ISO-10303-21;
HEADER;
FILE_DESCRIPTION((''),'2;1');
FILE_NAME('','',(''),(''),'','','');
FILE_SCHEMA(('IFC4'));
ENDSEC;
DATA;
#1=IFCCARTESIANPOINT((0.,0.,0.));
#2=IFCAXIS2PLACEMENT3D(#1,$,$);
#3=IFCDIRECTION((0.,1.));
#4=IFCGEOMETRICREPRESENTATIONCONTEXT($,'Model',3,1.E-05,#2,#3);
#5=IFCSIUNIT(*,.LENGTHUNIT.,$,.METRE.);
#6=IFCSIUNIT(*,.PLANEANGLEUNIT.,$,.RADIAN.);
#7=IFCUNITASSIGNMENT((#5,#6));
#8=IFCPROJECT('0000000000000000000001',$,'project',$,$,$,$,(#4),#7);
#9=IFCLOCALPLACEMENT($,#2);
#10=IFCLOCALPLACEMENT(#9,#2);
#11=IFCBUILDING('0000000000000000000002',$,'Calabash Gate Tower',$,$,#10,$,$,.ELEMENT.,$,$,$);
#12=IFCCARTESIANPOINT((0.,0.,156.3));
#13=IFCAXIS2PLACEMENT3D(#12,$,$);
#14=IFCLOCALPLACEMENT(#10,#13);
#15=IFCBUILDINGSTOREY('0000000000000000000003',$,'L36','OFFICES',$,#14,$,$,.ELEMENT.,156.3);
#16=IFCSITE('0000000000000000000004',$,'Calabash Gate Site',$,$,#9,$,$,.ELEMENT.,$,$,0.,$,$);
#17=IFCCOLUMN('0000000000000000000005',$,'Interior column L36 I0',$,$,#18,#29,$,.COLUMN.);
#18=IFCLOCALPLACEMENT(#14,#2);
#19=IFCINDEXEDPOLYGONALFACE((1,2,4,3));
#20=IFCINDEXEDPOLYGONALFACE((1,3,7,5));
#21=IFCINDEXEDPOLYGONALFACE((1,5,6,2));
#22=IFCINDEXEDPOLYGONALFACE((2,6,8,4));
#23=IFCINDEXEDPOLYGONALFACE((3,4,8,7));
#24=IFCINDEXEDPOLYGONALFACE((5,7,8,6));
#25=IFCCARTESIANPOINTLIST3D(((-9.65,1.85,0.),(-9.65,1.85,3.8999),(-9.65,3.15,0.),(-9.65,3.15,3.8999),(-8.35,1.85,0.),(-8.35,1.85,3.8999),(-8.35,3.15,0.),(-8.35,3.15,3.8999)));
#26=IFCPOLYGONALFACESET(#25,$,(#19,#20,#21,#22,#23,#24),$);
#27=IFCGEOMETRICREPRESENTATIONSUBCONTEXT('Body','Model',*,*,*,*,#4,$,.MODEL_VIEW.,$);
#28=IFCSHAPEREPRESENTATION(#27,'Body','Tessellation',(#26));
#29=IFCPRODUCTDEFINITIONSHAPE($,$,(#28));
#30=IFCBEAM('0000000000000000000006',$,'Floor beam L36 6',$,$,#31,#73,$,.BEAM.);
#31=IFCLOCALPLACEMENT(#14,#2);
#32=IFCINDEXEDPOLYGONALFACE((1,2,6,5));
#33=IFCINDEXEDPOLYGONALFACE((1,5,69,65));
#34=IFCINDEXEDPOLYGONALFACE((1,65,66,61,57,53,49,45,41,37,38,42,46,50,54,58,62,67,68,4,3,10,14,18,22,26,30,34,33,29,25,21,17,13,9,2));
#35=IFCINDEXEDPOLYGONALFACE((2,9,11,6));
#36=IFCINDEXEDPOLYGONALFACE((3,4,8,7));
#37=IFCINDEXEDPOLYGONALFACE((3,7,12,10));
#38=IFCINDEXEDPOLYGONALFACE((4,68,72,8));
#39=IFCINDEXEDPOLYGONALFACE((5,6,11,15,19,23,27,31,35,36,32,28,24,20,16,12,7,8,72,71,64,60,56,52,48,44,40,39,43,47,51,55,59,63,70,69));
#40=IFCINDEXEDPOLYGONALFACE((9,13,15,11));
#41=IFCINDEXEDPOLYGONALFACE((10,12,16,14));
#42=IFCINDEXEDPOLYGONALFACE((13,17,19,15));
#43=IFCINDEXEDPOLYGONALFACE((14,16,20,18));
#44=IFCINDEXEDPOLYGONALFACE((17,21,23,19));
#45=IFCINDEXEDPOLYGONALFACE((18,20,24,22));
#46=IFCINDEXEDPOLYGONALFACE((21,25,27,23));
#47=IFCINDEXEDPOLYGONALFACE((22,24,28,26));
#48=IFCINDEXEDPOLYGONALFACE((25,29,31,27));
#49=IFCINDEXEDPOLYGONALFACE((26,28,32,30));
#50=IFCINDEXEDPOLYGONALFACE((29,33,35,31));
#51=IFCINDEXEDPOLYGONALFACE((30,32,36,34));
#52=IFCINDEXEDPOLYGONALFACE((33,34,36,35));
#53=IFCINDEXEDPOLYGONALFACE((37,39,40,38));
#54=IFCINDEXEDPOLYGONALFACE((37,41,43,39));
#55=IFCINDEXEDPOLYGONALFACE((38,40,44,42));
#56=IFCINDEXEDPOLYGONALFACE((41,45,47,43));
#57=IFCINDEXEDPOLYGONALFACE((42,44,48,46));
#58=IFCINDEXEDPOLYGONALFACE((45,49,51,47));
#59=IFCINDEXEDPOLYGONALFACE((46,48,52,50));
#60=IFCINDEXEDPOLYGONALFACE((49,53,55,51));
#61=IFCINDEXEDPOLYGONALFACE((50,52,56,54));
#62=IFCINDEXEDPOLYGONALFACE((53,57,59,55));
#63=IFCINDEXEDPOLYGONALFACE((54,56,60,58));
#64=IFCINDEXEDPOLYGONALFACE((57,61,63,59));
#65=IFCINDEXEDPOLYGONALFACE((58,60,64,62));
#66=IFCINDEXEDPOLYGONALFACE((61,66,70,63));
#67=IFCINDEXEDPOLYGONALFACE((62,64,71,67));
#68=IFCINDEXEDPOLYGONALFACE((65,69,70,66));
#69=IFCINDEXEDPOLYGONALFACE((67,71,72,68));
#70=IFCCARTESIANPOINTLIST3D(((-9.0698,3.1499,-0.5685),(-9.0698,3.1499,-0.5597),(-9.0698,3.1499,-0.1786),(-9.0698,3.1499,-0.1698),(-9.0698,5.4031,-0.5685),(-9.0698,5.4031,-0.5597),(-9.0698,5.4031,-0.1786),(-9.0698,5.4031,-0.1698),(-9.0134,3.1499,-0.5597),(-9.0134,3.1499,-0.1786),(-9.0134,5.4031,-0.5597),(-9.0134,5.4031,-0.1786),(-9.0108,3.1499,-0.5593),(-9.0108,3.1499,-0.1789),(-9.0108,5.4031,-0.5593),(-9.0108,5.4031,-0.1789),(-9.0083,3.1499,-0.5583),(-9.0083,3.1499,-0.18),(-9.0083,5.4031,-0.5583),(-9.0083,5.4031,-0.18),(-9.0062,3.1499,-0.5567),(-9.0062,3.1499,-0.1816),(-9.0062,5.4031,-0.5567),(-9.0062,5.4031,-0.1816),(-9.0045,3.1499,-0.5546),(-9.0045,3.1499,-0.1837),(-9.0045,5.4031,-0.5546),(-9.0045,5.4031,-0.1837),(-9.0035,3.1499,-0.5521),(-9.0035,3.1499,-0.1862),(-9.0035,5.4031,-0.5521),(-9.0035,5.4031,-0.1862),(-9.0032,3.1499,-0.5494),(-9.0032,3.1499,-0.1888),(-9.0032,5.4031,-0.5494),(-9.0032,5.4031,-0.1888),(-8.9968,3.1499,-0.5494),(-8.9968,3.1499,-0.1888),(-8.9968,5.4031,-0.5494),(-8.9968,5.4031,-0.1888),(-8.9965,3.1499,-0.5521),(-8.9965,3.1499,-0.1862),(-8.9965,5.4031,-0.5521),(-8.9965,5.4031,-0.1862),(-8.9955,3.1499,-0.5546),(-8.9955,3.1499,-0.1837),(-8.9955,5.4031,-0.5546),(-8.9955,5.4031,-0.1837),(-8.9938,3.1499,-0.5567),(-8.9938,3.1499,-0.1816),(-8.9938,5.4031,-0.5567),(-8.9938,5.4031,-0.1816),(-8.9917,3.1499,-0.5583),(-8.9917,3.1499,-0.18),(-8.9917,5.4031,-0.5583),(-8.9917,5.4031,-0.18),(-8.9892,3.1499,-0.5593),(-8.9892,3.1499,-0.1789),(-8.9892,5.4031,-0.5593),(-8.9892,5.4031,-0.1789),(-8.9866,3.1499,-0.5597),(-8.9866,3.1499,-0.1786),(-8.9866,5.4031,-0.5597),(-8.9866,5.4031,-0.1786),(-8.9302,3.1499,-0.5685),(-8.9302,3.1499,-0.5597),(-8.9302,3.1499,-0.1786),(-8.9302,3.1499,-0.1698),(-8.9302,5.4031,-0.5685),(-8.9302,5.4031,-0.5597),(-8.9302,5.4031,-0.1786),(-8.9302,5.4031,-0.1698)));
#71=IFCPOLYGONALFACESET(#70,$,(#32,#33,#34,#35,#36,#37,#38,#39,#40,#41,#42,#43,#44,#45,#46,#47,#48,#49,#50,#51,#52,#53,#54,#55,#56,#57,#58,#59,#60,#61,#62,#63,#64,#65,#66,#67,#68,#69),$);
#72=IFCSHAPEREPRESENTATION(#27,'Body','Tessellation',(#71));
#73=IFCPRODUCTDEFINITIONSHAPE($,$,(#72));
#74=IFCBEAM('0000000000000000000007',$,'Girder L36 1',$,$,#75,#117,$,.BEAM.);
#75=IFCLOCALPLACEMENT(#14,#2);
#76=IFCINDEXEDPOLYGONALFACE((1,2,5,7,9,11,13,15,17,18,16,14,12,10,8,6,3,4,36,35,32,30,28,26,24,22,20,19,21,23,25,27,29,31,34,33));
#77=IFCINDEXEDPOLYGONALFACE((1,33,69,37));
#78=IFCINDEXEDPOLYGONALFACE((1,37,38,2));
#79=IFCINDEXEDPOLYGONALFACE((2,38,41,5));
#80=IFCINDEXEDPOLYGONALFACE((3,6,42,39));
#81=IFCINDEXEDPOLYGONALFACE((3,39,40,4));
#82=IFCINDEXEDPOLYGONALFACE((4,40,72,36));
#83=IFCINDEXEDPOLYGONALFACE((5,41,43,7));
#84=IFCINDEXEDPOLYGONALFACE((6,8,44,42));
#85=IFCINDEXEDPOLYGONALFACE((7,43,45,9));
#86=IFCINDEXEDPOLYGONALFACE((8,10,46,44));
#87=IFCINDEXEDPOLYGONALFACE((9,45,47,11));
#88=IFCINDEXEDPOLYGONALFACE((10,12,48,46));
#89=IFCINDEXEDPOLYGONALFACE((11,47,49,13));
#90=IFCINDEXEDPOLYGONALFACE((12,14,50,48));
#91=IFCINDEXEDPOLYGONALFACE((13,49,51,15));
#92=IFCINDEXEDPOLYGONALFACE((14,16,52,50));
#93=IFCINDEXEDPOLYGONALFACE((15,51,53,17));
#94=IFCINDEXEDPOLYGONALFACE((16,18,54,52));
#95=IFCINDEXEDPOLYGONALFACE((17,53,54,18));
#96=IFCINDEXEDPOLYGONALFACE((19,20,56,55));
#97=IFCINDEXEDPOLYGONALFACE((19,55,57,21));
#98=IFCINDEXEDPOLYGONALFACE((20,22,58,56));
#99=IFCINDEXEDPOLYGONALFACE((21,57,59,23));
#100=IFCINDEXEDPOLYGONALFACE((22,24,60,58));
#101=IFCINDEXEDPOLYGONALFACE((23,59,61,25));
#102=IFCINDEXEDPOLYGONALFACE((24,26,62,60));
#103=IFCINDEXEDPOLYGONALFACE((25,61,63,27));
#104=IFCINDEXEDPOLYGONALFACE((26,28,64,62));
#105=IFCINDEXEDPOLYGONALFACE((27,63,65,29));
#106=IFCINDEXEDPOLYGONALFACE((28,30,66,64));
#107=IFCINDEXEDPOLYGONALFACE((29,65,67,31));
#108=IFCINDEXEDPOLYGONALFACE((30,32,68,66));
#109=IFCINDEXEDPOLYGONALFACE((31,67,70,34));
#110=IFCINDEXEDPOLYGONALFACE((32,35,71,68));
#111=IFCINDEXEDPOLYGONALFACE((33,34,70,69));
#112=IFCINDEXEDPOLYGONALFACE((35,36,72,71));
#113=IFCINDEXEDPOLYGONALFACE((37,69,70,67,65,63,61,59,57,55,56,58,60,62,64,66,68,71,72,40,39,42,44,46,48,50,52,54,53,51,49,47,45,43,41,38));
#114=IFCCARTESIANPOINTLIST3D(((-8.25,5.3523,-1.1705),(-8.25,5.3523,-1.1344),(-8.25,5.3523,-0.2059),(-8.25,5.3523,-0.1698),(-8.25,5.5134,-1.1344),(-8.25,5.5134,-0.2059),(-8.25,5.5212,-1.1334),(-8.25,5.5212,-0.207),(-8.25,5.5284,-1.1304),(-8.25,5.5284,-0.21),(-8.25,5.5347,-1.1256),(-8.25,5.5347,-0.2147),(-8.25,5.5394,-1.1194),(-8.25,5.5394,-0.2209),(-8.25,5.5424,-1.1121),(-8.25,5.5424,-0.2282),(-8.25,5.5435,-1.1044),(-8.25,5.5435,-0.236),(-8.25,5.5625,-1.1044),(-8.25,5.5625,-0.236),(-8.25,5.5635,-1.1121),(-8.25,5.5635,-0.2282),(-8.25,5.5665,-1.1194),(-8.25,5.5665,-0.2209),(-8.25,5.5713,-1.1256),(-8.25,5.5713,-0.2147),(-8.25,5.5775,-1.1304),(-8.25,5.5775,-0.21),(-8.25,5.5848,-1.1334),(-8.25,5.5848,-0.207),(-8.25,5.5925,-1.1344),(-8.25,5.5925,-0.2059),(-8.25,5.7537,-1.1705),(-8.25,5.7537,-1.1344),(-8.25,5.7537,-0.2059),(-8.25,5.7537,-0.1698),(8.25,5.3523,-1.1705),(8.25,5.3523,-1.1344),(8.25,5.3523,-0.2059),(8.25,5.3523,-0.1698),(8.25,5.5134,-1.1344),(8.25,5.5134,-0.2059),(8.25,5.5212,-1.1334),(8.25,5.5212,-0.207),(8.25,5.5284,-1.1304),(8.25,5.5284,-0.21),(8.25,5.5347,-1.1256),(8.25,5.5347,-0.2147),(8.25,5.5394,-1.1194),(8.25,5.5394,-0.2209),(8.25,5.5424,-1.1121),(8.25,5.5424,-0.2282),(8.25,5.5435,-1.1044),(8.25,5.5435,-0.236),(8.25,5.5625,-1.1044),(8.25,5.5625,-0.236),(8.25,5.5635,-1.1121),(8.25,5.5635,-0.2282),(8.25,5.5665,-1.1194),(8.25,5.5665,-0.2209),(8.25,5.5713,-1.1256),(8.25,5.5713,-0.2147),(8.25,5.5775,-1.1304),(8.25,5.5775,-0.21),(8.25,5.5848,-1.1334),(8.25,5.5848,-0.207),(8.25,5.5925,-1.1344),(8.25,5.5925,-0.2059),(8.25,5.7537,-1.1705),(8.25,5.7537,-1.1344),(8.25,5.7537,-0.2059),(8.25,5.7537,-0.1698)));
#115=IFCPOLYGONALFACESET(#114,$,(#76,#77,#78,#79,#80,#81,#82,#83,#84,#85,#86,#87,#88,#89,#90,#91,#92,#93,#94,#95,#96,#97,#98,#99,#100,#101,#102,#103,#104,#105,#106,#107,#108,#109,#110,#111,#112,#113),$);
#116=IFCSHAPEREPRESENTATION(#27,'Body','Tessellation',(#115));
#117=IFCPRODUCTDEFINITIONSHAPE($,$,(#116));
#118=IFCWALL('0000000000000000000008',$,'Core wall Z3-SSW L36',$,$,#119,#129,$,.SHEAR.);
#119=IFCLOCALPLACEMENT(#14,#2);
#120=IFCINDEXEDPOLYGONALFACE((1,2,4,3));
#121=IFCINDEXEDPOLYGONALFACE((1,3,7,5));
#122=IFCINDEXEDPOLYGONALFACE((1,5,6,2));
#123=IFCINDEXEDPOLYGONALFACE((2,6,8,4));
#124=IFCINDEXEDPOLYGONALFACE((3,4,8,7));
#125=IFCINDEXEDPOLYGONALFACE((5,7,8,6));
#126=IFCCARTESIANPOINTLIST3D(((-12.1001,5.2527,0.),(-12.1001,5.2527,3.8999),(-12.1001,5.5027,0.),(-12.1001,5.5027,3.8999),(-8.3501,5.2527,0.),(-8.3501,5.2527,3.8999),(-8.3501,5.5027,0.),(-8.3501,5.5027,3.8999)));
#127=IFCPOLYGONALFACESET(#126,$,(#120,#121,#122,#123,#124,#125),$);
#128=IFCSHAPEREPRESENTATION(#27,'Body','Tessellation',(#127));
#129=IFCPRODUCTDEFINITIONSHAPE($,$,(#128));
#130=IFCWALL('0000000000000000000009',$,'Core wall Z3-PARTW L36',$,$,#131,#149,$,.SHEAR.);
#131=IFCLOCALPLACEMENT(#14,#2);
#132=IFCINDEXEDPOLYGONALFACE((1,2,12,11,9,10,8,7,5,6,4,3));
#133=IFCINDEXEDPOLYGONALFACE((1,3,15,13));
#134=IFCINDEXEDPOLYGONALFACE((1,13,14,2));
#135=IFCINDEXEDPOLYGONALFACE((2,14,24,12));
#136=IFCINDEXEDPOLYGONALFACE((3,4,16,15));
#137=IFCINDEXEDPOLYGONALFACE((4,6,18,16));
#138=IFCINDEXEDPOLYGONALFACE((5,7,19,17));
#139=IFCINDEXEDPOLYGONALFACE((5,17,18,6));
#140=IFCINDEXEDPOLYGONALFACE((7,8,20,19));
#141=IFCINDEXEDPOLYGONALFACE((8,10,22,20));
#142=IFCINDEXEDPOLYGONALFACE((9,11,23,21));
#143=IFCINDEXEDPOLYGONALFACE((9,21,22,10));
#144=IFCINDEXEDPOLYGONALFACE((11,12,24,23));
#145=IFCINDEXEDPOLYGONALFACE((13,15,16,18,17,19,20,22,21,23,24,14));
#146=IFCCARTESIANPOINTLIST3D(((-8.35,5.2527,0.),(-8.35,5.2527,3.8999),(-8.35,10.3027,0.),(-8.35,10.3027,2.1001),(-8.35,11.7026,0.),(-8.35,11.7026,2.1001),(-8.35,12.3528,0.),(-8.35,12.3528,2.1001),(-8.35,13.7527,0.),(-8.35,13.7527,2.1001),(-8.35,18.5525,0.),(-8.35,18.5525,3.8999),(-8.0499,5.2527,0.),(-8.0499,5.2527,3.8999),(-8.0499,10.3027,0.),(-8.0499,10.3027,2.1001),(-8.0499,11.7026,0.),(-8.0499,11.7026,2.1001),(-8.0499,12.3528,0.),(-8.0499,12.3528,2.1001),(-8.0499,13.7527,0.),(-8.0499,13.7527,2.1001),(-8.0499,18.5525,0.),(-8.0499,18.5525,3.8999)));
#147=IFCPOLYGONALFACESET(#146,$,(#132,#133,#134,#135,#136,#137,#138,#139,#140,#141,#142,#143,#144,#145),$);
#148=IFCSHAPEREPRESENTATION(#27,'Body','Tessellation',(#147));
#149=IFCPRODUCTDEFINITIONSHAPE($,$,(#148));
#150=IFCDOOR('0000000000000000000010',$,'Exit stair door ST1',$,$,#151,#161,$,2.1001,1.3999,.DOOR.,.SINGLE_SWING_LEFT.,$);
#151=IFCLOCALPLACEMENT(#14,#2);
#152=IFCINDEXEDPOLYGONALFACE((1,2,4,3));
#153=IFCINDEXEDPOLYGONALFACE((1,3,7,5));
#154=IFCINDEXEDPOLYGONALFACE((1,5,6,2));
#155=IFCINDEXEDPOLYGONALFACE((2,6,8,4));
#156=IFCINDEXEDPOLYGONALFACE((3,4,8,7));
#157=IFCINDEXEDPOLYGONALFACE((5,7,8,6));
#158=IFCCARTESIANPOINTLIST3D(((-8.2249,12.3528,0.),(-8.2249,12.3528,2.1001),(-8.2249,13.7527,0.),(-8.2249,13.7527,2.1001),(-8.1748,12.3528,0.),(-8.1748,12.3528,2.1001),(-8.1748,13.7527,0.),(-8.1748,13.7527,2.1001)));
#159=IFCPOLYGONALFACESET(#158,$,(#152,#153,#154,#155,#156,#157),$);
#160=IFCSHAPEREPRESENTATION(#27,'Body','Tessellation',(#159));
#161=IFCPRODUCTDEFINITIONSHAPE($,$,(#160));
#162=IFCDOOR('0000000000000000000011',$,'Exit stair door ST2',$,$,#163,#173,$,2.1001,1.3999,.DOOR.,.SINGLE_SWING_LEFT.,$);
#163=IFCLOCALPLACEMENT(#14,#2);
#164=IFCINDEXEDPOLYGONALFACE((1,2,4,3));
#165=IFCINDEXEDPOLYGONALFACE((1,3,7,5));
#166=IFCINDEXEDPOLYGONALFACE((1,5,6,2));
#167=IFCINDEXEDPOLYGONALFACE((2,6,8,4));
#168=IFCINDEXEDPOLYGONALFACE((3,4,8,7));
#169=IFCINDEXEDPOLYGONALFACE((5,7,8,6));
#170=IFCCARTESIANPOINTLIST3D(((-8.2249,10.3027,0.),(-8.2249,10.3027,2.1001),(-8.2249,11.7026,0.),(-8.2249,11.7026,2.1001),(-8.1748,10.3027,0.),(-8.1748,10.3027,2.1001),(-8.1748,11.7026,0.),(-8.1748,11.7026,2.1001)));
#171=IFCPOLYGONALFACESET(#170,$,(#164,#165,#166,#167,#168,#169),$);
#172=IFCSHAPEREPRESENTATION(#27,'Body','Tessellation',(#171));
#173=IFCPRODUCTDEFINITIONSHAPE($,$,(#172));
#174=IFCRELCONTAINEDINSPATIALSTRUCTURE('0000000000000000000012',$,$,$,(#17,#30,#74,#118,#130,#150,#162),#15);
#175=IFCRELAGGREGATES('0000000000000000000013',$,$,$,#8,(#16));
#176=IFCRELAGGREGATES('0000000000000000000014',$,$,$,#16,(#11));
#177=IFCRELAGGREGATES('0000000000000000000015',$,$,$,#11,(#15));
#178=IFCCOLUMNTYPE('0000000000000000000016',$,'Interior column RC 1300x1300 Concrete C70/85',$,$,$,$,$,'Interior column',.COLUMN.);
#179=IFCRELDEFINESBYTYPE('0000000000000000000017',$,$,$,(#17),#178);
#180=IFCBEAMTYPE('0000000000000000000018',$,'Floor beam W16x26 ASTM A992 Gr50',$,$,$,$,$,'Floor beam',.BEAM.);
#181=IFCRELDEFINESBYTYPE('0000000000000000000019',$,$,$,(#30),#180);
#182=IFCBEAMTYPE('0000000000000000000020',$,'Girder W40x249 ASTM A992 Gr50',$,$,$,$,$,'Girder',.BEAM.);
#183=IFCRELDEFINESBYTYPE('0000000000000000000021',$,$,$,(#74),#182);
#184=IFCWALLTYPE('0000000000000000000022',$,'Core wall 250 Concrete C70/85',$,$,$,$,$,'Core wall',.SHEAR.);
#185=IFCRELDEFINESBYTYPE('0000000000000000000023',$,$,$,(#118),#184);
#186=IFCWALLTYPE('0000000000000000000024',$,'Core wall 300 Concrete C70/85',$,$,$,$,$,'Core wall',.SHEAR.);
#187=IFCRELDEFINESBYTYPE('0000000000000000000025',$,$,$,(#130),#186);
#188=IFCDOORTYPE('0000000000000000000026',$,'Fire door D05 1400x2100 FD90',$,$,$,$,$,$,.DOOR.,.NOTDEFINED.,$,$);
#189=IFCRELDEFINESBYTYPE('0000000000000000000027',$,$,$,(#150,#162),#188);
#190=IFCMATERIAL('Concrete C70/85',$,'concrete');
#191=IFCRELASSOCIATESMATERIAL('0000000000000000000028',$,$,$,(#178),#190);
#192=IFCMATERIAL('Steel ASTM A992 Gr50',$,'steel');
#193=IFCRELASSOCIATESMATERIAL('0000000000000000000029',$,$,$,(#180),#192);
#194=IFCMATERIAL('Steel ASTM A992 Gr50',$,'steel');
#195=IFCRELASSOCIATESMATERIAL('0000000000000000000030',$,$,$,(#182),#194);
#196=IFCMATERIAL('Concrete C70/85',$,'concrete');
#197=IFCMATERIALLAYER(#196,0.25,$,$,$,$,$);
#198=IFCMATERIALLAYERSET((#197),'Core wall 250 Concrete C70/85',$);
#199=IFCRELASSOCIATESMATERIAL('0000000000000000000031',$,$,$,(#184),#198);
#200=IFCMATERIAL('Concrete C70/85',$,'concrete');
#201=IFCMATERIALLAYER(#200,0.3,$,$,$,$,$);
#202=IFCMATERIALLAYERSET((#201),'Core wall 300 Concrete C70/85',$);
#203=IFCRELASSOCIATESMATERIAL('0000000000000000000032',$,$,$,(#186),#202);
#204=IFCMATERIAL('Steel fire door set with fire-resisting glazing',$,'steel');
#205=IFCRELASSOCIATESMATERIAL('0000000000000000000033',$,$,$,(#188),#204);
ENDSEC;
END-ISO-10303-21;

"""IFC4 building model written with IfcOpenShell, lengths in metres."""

from ifc_helpers import new_model, si_unit, direction, frame, frame_2d, origin, origin_2d, place, context, subcontext, project, spatial, rectangle, i_section, extrude, material, layer, layer_set, material_profile, profile_set, type_object, element, fill, save


model = new_model("IFC4")

# Units and contexts
model_context = context("Model", 3, precision=1e-05, world=origin(), true_north=direction((0.0, 1.0)))
body_context = subcontext(model_context, "Body", "Model", "MODEL_VIEW")
ifc_project = project(units=[si_unit("LENGTHUNIT", "METRE"), si_unit("PLANEANGLEUNIT", "RADIAN")], contexts=[model_context])

# Site, building, storey
site_placement = place(None, origin())
site = spatial("IfcSite", under=ifc_project, at=site_placement, Name="Calabash Gate Site", CompositionType="ELEMENT", RefElevation=0.0)
building_placement = place(site_placement, origin())
building = spatial("IfcBuilding", under=site, at=building_placement, Name="Calabash Gate Tower", CompositionType="ELEMENT")
storey_placement = place(building_placement, frame((0.0, 0.0, 156.3)))
storey = spatial("IfcBuildingStorey", under=building, at=storey_placement, Name="L36", Description="OFFICES", CompositionType="ELEMENT", Elevation=156.3)

# Column
ifc_material_1 = material(Name="Concrete C70/85", Category="concrete")
ifc_material_profile_1 = material_profile(ifc_material_1, rectangle(XDim=1.3, YDim=1.3, at=origin_2d()))
ifc_profile_set_1 = profile_set([ifc_material_profile_1], Name="Concrete C70/85")
column_type = type_object("IfcColumnType", Name="Interior column RC 1300x1300 Concrete C70/85", ElementType="Interior column", PredefinedType="COLUMN", material=ifc_profile_set_1)
column_placement = place(storey_placement, frame((-9.0, 2.5, 0.0), z_axis=(0.0, 0.0, 1.0), x_axis=(1.0, 0.0, 0.0)))
element("IfcColumn", 1, at=column_placement, inside=storey, type_object=column_type, Name="Interior column L36 I0", PredefinedType="COLUMN", context=body_context, shape_type="SweptSolid", body=[
    extrude(rectangle(XDim=1.3, YDim=1.3, at=origin_2d()), origin(), (0.0, 0.0, 1.0), 3.8999),
])

# Beams
ifc_material_2 = material(Name="Steel ASTM A992 Gr50", Category="steel")
ifc_material_profile_2 = material_profile(ifc_material_2, i_section(OverallWidth=0.1396, OverallDepth=0.3987, WebThickness=0.0063, FlangeThickness=0.0088, FilletRadius=0.0103, at=origin_2d()))
ifc_profile_set_2 = profile_set([ifc_material_profile_2], Name="Steel ASTM A992 Gr50")
beam_type_1 = type_object("IfcBeamType", Name="Floor beam W16x26 ASTM A992 Gr50", ElementType="Floor beam", PredefinedType="BEAM", material=ifc_profile_set_2)
beam_1_placement = place(storey_placement, frame((-9.0, 3.1499, -0.3691), z_axis=(0.0, 1.0, 0.0), x_axis=(-1.0, 0.0, 0.0)))
element("IfcBeam", 2, at=beam_1_placement, inside=storey, type_object=beam_type_1, Name="Floor beam L36 6", PredefinedType="BEAM", context=body_context, shape_type="SweptSolid", body=[
    extrude(i_section(OverallWidth=0.1396, OverallDepth=0.3987, WebThickness=0.0063, FlangeThickness=0.0088, FilletRadius=0.0103, at=origin_2d()), origin(), (0.0, 0.0, 1.0), 2.2532),
])
ifc_material_3 = material(Name="Steel ASTM A992 Gr50", Category="steel")
ifc_material_profile_3 = material_profile(ifc_material_3, i_section(OverallWidth=0.4014, OverallDepth=1.0007, WebThickness=0.019, FlangeThickness=0.0361, FilletRadius=0.03, at=origin_2d()))
ifc_profile_set_3 = profile_set([ifc_material_profile_3], Name="Steel ASTM A992 Gr50")
beam_type_2 = type_object("IfcBeamType", Name="Girder W40x249 ASTM A992 Gr50", ElementType="Girder", PredefinedType="BEAM", material=ifc_profile_set_3)
beam_2_placement = place(storey_placement, frame((-8.25, 5.553, -0.6702), z_axis=(1.0, 0.0, 0.0), x_axis=(0.0, 1.0, 0.0)))
element("IfcBeam", 3, at=beam_2_placement, inside=storey, type_object=beam_type_2, Name="Girder L36 1", PredefinedType="BEAM", context=body_context, shape_type="SweptSolid", body=[
    extrude(i_section(OverallWidth=0.4014, OverallDepth=1.0007, WebThickness=0.019, FlangeThickness=0.0361, FilletRadius=0.03, at=origin_2d()), origin(), (0.0, 0.0, 1.0), 16.5),
])

# Wall
ifc_material_4 = material(Name="Concrete C70/85", Category="concrete")
ifc_layer_1 = layer(ifc_material_4, 0.25)
ifc_layer_set_1 = layer_set([ifc_layer_1], Name="Core wall 250 Concrete C70/85")
wall_type_1 = type_object("IfcWallType", Name="Core wall 250 Concrete C70/85", ElementType="Core wall", PredefinedType="SHEAR", material=ifc_layer_set_1)
wall_1_placement = place(storey_placement, frame((-12.1001, 5.3777, 0.0), z_axis=(0.0, 0.0, 1.0), x_axis=(1.0, 0.0, 0.0)))
element("IfcWall", 4, at=wall_1_placement, inside=storey, type_object=wall_type_1, Name="Core wall Z3-SSW L36", PredefinedType="SHEAR", context=body_context, shape_type="SweptSolid", body=[
    extrude(rectangle(XDim=3.75, YDim=0.25, at=frame_2d((1.875, 0.0))), origin(), (0.0, 0.0, 1.0), 3.8999),
])

# Wall, openings, doors
ifc_material_5 = material(Name="Concrete C70/85", Category="concrete")
ifc_layer_2 = layer(ifc_material_5, 0.3)
ifc_layer_set_2 = layer_set([ifc_layer_2], Name="Core wall 300 Concrete C70/85")
wall_type_2 = type_object("IfcWallType", Name="Core wall 300 Concrete C70/85", ElementType="Core wall", PredefinedType="SHEAR", material=ifc_layer_set_2)
wall_2_placement = place(storey_placement, frame((-8.2, 5.2527, 0.0), z_axis=(0.0, 0.0, 1.0), x_axis=(0.0, 1.0, 0.0)))
wall_2 = element("IfcWall", 5, at=wall_2_placement, inside=storey, type_object=wall_type_2, Name="Core wall Z3-PARTW L36", PredefinedType="SHEAR", context=body_context, shape_type="SweptSolid", body=[
    extrude(rectangle(XDim=13.2998, YDim=0.3, at=frame_2d((6.6499, 0.0))), origin(), (0.0, 0.0, 1.0), 3.8999),
])
opening_1_placement = place(wall_2_placement, frame((7.1001, 0.0, 0.0)))
opening_1 = element("IfcOpeningElement", 6, at=opening_1_placement, cuts=wall_2, PredefinedType="OPENING", context=body_context, shape_type="SweptSolid", body=[
    extrude(rectangle(XDim=1.3999, YDim=2.1001, at=frame_2d((0.7, 1.05))), frame((0.0, 0.1599, 0.0), z_axis=(0.0, -1.0, 0.0), x_axis=(1.0, 0.0, 0.0)), (0.0, 0.0, 1.0), 0.3201),
])
opening_2_placement = place(wall_2_placement, frame((5.05, 0.0, 0.0)))
opening_2 = element("IfcOpeningElement", 7, at=opening_2_placement, cuts=wall_2, PredefinedType="OPENING", context=body_context, shape_type="SweptSolid", body=[
    extrude(rectangle(XDim=1.3999, YDim=2.1001, at=frame_2d((0.7, 1.05))), frame((0.0, 0.1599, 0.0), z_axis=(0.0, -1.0, 0.0), x_axis=(1.0, 0.0, 0.0)), (0.0, 0.0, 1.0), 0.3201),
])
ifc_material_6 = material(Name="Steel fire door set with fire-resisting glazing", Category="steel")
door_type_1 = type_object("IfcDoorType", Name="Fire door D05 1400x2100 FD90", OperationType="NOTDEFINED", PredefinedType="DOOR", material=ifc_material_6)
door_1_placement = place(opening_1_placement, origin())
door_1 = element("IfcDoor", 8, at=door_1_placement, inside=storey, type_object=door_type_1, Name="Exit stair door ST1", OperationType="SINGLE_SWING_LEFT", OverallHeight=2.1001, OverallWidth=1.3999, PredefinedType="DOOR", context=body_context, shape_type="SweptSolid", body=[
    extrude(rectangle(XDim=1.3999, YDim=2.1001, at=frame_2d((0.7, 1.05))), frame((0.0, 0.0249, 0.0), z_axis=(0.0, -1.0, 0.0), x_axis=(1.0, 0.0, 0.0)), (0.0, 0.0, 1.0), 0.05),
])
fill(opening_1, door_1)
door_2_placement = place(opening_2_placement, origin())
door_2 = element("IfcDoor", 9, at=door_2_placement, inside=storey, type_object=door_type_1, Name="Exit stair door ST2", OperationType="SINGLE_SWING_LEFT", OverallHeight=2.1001, OverallWidth=1.3999, PredefinedType="DOOR", context=body_context, shape_type="SweptSolid", body=[
    extrude(rectangle(XDim=1.3999, YDim=2.1001, at=frame_2d((0.7, 1.05))), frame((0.0, 0.0249, 0.0), z_axis=(0.0, -1.0, 0.0), x_axis=(1.0, 0.0, 0.0)), (0.0, 0.0, 1.0), 0.05),
])
fill(opening_2, door_2)

save(model, "model.ifc")
